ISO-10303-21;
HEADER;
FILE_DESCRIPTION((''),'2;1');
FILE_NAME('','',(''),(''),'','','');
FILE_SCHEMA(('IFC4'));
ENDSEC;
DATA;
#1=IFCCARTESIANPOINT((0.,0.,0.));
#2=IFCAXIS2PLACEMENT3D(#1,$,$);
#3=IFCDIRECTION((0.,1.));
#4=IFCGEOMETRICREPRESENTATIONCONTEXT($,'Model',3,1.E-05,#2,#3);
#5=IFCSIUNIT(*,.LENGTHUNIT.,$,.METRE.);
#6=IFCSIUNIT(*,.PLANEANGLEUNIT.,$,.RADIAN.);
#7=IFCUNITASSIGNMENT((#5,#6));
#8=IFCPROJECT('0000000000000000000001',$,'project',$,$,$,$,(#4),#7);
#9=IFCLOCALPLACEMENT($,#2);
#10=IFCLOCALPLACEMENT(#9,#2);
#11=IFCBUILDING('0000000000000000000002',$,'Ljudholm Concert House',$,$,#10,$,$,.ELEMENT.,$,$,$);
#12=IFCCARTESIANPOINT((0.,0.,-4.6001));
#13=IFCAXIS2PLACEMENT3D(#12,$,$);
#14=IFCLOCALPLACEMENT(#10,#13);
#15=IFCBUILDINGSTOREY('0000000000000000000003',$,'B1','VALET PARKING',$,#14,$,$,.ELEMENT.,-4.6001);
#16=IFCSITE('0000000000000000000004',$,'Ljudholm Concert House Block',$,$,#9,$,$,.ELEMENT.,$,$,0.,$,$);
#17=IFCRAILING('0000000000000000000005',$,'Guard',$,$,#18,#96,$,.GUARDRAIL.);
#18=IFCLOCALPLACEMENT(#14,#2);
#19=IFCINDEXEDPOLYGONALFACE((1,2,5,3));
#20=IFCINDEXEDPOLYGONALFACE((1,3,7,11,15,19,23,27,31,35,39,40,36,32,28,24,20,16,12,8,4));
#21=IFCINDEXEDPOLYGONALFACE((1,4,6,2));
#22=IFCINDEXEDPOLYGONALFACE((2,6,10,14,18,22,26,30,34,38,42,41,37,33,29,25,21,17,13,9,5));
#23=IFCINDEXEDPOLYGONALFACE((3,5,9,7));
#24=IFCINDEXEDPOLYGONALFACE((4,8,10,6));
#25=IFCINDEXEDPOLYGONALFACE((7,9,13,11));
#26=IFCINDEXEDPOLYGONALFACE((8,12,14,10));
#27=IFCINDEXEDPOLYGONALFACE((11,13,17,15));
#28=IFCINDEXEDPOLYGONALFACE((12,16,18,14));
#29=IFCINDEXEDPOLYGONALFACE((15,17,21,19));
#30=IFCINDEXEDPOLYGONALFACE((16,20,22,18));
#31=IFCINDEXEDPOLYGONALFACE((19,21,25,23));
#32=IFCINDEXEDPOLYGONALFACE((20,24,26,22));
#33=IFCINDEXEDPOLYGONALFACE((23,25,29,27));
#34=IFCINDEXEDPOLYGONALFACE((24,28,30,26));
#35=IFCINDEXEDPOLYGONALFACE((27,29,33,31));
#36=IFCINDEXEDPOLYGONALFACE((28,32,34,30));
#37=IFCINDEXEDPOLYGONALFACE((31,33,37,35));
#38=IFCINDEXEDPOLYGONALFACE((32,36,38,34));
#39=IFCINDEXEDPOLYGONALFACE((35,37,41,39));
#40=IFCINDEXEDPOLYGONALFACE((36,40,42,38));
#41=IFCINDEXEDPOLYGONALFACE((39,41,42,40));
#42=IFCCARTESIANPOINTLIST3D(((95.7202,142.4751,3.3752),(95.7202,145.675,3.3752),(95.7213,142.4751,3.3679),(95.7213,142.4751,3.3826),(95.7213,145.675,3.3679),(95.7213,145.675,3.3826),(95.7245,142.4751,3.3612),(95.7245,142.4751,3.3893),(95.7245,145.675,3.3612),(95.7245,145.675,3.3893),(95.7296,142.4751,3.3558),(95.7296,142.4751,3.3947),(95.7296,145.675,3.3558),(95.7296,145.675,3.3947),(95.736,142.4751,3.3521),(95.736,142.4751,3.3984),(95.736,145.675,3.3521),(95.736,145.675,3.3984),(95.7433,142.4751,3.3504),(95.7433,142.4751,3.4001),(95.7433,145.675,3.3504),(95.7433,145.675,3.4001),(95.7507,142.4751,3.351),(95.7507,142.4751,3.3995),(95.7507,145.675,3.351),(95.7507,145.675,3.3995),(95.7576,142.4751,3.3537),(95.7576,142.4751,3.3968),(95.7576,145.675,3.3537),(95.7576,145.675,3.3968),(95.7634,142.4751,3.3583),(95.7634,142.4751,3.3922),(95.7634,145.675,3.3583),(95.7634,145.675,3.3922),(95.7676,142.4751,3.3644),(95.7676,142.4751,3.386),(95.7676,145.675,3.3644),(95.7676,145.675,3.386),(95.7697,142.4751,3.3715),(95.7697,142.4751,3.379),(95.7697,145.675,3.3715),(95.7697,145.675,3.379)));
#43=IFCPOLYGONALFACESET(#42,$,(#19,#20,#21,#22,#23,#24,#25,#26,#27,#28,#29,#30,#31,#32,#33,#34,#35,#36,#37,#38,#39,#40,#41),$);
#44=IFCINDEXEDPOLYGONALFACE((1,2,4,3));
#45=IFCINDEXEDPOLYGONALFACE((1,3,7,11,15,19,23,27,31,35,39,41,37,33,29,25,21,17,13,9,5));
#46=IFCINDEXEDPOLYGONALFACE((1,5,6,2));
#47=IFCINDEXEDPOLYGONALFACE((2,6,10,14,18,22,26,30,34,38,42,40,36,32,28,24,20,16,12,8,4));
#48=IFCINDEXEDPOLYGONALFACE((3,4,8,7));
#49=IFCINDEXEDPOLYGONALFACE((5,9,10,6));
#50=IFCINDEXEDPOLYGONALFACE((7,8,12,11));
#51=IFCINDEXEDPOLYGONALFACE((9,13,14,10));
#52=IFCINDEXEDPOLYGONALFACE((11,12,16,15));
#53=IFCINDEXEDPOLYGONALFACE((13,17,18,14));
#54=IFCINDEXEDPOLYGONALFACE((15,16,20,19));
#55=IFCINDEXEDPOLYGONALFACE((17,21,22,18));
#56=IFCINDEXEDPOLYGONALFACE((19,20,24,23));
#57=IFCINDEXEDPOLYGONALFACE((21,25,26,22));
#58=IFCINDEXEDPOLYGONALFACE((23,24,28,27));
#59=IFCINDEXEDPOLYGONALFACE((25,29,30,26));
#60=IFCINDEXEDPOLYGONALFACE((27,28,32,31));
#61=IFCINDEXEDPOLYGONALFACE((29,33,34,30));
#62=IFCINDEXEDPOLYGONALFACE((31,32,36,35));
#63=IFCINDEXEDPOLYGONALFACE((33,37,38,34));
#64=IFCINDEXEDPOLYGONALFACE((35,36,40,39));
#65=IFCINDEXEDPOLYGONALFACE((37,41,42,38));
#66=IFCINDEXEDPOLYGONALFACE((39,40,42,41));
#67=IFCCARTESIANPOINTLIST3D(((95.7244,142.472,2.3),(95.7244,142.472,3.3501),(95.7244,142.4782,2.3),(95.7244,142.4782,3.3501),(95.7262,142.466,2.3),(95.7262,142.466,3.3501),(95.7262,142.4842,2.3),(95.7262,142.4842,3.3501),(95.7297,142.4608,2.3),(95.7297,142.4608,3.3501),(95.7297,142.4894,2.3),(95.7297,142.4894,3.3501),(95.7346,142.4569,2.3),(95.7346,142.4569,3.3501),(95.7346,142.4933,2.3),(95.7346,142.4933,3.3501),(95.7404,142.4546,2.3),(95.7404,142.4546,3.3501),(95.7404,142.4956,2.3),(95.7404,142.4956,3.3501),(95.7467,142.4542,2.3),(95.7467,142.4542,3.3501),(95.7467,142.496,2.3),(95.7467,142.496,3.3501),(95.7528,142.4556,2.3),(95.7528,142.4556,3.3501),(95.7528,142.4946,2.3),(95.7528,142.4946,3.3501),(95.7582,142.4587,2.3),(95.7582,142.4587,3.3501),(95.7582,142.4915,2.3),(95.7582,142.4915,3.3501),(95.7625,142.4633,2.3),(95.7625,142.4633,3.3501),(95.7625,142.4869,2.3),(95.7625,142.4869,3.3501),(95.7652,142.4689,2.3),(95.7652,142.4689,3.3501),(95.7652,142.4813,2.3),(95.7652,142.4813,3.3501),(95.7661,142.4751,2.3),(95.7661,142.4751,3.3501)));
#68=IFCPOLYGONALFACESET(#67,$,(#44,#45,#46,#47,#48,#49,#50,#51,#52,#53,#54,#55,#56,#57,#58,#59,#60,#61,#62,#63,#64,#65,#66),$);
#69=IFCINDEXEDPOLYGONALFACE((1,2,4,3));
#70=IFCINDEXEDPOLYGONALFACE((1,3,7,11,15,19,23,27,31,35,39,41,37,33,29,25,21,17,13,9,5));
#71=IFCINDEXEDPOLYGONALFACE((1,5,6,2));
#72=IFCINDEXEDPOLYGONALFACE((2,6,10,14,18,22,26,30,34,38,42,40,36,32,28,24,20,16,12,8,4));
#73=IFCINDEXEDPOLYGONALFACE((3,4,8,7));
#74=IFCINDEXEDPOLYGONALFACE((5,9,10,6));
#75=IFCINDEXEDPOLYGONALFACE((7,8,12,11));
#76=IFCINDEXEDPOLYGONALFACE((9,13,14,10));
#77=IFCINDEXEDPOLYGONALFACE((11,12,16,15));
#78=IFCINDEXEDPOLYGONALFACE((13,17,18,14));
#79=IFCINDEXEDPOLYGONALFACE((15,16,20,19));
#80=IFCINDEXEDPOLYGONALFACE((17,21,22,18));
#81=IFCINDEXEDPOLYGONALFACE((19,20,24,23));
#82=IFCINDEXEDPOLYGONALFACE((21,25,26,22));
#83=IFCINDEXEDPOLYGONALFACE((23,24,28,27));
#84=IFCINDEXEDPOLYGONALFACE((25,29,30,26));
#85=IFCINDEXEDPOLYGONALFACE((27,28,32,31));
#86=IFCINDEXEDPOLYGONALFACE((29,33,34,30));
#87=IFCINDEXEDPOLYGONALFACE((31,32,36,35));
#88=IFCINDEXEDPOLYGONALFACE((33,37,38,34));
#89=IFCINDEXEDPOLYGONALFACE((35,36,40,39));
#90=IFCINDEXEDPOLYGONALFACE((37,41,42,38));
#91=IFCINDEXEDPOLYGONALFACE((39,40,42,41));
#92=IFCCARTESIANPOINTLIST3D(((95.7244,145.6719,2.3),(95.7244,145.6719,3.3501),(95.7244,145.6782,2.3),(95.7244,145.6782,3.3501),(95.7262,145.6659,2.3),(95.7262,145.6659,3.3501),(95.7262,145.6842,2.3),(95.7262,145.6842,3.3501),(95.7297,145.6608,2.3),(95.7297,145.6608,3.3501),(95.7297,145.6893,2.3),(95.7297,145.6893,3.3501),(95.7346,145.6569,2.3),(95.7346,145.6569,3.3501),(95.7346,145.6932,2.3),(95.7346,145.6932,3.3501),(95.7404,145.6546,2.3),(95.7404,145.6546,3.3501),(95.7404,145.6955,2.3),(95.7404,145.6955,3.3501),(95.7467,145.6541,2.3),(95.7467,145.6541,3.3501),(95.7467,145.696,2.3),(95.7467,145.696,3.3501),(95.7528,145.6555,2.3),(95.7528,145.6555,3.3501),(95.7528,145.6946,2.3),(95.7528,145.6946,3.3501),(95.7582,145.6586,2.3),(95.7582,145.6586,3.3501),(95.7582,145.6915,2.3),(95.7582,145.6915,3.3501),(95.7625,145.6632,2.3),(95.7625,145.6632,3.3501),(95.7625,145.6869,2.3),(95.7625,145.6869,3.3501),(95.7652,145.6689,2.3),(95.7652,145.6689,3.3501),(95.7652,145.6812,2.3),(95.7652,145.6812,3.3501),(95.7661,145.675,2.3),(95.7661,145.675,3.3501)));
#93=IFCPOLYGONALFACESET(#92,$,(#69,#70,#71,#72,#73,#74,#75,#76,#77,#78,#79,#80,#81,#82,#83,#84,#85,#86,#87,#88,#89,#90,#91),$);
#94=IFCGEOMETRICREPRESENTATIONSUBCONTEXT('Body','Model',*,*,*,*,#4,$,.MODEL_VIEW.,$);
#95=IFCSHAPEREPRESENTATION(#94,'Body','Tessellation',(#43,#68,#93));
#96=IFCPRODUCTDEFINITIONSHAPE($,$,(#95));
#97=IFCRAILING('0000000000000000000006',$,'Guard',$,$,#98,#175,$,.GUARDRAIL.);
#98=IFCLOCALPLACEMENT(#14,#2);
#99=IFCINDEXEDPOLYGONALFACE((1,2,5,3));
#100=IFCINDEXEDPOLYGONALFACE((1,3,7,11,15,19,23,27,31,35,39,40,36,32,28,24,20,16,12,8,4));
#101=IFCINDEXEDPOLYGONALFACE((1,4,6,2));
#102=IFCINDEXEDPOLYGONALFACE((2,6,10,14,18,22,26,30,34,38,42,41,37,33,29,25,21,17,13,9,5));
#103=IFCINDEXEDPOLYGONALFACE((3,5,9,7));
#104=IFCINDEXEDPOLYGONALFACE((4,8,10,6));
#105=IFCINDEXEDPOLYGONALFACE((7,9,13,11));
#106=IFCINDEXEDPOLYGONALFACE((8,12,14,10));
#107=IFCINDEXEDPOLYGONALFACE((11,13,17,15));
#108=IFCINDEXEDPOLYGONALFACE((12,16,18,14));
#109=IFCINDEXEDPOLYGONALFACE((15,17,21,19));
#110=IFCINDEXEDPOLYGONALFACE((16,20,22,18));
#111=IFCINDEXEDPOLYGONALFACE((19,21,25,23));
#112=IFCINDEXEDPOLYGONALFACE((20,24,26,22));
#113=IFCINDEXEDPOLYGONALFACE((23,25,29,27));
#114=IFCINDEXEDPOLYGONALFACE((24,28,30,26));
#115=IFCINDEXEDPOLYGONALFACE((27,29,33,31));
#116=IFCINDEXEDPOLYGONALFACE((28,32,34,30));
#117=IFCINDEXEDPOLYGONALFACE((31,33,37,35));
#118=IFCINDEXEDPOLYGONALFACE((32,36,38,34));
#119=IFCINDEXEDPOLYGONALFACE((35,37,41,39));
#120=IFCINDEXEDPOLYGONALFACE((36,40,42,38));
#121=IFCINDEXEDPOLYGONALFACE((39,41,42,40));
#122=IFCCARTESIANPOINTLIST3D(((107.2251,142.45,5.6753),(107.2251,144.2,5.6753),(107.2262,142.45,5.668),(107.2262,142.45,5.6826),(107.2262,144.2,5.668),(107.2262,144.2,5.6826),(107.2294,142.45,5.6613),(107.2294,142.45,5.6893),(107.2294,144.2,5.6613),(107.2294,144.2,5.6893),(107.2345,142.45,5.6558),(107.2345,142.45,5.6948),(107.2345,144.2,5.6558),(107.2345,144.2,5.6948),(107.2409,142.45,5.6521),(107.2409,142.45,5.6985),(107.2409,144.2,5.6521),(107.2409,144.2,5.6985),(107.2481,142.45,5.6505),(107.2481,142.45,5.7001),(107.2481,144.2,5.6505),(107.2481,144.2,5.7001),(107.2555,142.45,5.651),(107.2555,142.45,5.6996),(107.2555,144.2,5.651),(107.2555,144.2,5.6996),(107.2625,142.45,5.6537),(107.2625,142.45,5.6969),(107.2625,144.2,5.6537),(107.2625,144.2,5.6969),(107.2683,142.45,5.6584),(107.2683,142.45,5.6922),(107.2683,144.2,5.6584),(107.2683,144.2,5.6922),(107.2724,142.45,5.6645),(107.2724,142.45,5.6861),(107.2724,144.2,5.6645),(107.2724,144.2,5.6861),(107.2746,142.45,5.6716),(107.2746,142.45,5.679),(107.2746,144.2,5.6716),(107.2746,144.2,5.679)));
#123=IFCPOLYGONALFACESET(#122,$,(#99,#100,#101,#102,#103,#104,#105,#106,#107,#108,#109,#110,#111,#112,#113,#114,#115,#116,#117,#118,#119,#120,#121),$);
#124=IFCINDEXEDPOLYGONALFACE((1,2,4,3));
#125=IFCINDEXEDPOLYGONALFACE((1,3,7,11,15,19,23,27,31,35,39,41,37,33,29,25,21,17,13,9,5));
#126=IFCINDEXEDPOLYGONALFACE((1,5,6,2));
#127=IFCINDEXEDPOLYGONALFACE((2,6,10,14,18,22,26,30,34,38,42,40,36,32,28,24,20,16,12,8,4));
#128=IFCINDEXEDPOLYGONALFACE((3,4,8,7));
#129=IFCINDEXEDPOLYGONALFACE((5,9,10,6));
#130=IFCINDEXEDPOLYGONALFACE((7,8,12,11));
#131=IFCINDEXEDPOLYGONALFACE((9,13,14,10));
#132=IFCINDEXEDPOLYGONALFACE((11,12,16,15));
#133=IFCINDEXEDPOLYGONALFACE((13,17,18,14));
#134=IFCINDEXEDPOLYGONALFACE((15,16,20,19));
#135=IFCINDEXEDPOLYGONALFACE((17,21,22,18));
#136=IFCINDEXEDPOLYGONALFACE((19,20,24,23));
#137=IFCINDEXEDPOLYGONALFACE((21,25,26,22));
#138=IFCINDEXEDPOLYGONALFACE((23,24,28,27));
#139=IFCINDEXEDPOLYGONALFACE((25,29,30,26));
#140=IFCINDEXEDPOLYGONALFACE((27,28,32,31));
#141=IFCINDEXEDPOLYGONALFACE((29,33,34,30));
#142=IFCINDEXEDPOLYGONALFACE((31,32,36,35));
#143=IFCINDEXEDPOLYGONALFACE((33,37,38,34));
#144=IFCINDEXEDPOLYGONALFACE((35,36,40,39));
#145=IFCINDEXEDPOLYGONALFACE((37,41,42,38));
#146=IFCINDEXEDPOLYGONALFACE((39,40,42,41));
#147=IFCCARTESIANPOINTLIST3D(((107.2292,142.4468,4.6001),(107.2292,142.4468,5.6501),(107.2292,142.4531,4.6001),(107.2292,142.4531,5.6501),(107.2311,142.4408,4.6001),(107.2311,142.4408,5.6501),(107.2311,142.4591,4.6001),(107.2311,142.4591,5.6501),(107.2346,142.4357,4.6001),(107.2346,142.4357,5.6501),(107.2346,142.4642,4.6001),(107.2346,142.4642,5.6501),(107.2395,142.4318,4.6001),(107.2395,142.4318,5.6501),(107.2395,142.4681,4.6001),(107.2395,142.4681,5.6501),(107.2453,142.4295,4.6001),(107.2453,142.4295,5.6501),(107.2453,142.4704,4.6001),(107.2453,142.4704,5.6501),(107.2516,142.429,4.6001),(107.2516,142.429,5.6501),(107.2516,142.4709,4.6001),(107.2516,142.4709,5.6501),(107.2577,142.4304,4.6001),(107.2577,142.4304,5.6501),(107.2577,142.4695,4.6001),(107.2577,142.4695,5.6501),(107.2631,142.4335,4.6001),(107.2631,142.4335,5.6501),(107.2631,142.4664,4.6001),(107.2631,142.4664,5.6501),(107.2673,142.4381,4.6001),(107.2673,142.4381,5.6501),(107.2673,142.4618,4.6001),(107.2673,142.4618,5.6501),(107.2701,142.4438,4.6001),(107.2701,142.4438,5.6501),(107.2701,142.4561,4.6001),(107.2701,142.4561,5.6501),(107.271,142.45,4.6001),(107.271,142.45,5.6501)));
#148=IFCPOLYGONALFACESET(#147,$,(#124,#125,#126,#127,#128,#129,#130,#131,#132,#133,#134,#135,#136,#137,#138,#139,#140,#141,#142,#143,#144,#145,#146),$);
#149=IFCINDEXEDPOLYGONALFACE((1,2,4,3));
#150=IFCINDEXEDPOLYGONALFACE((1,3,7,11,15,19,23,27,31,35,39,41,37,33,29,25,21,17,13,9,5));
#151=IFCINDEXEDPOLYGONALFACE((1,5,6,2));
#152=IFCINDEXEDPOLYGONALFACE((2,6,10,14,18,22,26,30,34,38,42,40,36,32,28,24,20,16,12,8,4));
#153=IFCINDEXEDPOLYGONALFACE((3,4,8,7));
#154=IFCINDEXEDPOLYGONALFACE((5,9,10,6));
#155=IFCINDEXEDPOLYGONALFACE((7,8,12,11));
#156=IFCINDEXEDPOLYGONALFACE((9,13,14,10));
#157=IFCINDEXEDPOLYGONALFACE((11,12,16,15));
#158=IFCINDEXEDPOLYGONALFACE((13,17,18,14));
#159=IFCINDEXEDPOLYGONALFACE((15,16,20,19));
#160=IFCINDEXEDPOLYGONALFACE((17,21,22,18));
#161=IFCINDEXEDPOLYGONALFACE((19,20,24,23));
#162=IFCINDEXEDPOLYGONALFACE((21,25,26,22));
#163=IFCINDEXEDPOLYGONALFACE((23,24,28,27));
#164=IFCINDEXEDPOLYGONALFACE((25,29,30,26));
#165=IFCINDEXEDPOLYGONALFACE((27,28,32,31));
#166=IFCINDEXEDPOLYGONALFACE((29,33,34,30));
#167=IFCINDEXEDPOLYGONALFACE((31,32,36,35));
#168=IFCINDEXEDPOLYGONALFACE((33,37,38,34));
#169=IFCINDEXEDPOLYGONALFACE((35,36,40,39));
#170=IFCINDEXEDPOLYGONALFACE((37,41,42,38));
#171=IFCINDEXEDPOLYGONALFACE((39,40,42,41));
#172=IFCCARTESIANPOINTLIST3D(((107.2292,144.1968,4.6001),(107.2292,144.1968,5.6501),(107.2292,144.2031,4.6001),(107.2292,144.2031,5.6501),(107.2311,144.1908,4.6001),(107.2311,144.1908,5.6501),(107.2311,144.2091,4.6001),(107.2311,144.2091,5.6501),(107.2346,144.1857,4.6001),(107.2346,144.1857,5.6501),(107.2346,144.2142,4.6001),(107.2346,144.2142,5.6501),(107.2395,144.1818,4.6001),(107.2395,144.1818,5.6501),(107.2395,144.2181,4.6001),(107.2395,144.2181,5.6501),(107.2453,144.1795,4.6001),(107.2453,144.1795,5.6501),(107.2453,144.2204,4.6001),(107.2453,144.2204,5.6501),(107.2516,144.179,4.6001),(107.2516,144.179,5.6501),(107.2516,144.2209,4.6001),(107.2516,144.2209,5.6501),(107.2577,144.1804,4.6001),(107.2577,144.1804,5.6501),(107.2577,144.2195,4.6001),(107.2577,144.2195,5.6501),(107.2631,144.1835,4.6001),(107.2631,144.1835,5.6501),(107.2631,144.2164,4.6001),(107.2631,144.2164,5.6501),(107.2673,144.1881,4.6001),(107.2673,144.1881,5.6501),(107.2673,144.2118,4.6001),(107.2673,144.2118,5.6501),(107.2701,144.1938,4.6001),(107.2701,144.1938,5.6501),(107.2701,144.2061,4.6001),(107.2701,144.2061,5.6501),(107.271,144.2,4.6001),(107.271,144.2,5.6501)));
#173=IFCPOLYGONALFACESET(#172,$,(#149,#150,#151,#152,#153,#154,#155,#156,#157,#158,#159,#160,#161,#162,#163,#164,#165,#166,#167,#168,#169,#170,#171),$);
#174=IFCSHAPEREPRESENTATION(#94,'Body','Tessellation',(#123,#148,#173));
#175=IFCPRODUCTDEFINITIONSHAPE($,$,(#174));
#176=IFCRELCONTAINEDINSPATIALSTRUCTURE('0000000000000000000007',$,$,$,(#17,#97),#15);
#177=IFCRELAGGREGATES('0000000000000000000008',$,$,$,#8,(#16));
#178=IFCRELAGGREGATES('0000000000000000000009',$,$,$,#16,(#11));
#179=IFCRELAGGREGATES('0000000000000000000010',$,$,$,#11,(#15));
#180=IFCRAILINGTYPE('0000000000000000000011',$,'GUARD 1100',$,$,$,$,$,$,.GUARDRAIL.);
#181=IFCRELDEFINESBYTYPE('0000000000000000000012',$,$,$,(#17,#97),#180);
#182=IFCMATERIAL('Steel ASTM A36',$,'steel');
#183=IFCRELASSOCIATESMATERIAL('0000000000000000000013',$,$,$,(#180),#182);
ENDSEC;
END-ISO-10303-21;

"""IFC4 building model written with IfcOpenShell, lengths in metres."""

from ifc_helpers import new_model, si_unit, direction, frame, origin, origin_2d, place, context, subcontext, project, spatial, circle, extrude, material, type_object, element, save


model = new_model("IFC4")

# Units and contexts
model_context = context("Model", 3, precision=1e-05, world=origin(), true_north=direction((0.0, 1.0)))
body_context = subcontext(model_context, "Body", "Model", "MODEL_VIEW")
ifc_project = project(units=[si_unit("LENGTHUNIT", "METRE"), si_unit("PLANEANGLEUNIT", "RADIAN")], contexts=[model_context])

# Site, building, storey
site_placement = place(None, origin())
site = spatial("IfcSite", under=ifc_project, at=site_placement, Name="Ljudholm Concert House Block", CompositionType="ELEMENT", RefElevation=0.0)
building_placement = place(site_placement, origin())
building = spatial("IfcBuilding", under=site, at=building_placement, Name="Ljudholm Concert House", CompositionType="ELEMENT")
storey_placement = place(building_placement, frame((0.0, 0.0, -4.6001)))
storey = spatial("IfcBuildingStorey", under=building, at=storey_placement, Name="B1", Description="VALET PARKING", CompositionType="ELEMENT", Elevation=-4.6001)

# Railings
ifc_material_1 = material(Name="Steel ASTM A36", Category="steel")
railing_type_1 = type_object("IfcRailingType", Name="GUARD 1100", PredefinedType="GUARDRAIL", material=ifc_material_1)
railing_1_placement = place(storey_placement, frame((95.7451, 142.4751, 2.3)))
element("IfcRailing", 1, at=railing_1_placement, inside=storey, type_object=railing_type_1, Name="Guard", PredefinedType="GUARDRAIL", context=body_context, shape_type="SweptSolid", body=[
    extrude(circle(Radius=0.0249, at=origin_2d()), frame((0.0, 0.0, 1.0752), z_axis=(0.0, 1.0, 0.0), x_axis=(-1.0, 0.0, 0.0)), (0.0, 0.0, 1.0), 3.2),
    extrude(circle(Radius=0.021, at=origin_2d()), origin(), (0.0, 0.0, 1.0), 1.05),
    extrude(circle(Radius=0.021, at=origin_2d()), frame((0.0, 3.2, 0.0)), (0.0, 0.0, 1.0), 1.05),
])
railing_2_placement = place(storey_placement, frame((107.25, 142.45, 4.6001)))
element("IfcRailing", 2, at=railing_2_placement, inside=storey, type_object=railing_type_1, Name="Guard", PredefinedType="GUARDRAIL", context=body_context, shape_type="SweptSolid", body=[
    extrude(circle(Radius=0.0249, at=origin_2d()), frame((0.0, 0.0, 1.0752), z_axis=(0.0, 1.0, 0.0), x_axis=(-1.0, 0.0, 0.0)), (0.0, 0.0, 1.0), 1.75),
    extrude(circle(Radius=0.021, at=origin_2d()), origin(), (0.0, 0.0, 1.0), 1.05),
    extrude(circle(Radius=0.021, at=origin_2d()), frame((0.0, 1.75, 0.0)), (0.0, 0.0, 1.0), 1.05),
])

save(model, "model.ifc")
